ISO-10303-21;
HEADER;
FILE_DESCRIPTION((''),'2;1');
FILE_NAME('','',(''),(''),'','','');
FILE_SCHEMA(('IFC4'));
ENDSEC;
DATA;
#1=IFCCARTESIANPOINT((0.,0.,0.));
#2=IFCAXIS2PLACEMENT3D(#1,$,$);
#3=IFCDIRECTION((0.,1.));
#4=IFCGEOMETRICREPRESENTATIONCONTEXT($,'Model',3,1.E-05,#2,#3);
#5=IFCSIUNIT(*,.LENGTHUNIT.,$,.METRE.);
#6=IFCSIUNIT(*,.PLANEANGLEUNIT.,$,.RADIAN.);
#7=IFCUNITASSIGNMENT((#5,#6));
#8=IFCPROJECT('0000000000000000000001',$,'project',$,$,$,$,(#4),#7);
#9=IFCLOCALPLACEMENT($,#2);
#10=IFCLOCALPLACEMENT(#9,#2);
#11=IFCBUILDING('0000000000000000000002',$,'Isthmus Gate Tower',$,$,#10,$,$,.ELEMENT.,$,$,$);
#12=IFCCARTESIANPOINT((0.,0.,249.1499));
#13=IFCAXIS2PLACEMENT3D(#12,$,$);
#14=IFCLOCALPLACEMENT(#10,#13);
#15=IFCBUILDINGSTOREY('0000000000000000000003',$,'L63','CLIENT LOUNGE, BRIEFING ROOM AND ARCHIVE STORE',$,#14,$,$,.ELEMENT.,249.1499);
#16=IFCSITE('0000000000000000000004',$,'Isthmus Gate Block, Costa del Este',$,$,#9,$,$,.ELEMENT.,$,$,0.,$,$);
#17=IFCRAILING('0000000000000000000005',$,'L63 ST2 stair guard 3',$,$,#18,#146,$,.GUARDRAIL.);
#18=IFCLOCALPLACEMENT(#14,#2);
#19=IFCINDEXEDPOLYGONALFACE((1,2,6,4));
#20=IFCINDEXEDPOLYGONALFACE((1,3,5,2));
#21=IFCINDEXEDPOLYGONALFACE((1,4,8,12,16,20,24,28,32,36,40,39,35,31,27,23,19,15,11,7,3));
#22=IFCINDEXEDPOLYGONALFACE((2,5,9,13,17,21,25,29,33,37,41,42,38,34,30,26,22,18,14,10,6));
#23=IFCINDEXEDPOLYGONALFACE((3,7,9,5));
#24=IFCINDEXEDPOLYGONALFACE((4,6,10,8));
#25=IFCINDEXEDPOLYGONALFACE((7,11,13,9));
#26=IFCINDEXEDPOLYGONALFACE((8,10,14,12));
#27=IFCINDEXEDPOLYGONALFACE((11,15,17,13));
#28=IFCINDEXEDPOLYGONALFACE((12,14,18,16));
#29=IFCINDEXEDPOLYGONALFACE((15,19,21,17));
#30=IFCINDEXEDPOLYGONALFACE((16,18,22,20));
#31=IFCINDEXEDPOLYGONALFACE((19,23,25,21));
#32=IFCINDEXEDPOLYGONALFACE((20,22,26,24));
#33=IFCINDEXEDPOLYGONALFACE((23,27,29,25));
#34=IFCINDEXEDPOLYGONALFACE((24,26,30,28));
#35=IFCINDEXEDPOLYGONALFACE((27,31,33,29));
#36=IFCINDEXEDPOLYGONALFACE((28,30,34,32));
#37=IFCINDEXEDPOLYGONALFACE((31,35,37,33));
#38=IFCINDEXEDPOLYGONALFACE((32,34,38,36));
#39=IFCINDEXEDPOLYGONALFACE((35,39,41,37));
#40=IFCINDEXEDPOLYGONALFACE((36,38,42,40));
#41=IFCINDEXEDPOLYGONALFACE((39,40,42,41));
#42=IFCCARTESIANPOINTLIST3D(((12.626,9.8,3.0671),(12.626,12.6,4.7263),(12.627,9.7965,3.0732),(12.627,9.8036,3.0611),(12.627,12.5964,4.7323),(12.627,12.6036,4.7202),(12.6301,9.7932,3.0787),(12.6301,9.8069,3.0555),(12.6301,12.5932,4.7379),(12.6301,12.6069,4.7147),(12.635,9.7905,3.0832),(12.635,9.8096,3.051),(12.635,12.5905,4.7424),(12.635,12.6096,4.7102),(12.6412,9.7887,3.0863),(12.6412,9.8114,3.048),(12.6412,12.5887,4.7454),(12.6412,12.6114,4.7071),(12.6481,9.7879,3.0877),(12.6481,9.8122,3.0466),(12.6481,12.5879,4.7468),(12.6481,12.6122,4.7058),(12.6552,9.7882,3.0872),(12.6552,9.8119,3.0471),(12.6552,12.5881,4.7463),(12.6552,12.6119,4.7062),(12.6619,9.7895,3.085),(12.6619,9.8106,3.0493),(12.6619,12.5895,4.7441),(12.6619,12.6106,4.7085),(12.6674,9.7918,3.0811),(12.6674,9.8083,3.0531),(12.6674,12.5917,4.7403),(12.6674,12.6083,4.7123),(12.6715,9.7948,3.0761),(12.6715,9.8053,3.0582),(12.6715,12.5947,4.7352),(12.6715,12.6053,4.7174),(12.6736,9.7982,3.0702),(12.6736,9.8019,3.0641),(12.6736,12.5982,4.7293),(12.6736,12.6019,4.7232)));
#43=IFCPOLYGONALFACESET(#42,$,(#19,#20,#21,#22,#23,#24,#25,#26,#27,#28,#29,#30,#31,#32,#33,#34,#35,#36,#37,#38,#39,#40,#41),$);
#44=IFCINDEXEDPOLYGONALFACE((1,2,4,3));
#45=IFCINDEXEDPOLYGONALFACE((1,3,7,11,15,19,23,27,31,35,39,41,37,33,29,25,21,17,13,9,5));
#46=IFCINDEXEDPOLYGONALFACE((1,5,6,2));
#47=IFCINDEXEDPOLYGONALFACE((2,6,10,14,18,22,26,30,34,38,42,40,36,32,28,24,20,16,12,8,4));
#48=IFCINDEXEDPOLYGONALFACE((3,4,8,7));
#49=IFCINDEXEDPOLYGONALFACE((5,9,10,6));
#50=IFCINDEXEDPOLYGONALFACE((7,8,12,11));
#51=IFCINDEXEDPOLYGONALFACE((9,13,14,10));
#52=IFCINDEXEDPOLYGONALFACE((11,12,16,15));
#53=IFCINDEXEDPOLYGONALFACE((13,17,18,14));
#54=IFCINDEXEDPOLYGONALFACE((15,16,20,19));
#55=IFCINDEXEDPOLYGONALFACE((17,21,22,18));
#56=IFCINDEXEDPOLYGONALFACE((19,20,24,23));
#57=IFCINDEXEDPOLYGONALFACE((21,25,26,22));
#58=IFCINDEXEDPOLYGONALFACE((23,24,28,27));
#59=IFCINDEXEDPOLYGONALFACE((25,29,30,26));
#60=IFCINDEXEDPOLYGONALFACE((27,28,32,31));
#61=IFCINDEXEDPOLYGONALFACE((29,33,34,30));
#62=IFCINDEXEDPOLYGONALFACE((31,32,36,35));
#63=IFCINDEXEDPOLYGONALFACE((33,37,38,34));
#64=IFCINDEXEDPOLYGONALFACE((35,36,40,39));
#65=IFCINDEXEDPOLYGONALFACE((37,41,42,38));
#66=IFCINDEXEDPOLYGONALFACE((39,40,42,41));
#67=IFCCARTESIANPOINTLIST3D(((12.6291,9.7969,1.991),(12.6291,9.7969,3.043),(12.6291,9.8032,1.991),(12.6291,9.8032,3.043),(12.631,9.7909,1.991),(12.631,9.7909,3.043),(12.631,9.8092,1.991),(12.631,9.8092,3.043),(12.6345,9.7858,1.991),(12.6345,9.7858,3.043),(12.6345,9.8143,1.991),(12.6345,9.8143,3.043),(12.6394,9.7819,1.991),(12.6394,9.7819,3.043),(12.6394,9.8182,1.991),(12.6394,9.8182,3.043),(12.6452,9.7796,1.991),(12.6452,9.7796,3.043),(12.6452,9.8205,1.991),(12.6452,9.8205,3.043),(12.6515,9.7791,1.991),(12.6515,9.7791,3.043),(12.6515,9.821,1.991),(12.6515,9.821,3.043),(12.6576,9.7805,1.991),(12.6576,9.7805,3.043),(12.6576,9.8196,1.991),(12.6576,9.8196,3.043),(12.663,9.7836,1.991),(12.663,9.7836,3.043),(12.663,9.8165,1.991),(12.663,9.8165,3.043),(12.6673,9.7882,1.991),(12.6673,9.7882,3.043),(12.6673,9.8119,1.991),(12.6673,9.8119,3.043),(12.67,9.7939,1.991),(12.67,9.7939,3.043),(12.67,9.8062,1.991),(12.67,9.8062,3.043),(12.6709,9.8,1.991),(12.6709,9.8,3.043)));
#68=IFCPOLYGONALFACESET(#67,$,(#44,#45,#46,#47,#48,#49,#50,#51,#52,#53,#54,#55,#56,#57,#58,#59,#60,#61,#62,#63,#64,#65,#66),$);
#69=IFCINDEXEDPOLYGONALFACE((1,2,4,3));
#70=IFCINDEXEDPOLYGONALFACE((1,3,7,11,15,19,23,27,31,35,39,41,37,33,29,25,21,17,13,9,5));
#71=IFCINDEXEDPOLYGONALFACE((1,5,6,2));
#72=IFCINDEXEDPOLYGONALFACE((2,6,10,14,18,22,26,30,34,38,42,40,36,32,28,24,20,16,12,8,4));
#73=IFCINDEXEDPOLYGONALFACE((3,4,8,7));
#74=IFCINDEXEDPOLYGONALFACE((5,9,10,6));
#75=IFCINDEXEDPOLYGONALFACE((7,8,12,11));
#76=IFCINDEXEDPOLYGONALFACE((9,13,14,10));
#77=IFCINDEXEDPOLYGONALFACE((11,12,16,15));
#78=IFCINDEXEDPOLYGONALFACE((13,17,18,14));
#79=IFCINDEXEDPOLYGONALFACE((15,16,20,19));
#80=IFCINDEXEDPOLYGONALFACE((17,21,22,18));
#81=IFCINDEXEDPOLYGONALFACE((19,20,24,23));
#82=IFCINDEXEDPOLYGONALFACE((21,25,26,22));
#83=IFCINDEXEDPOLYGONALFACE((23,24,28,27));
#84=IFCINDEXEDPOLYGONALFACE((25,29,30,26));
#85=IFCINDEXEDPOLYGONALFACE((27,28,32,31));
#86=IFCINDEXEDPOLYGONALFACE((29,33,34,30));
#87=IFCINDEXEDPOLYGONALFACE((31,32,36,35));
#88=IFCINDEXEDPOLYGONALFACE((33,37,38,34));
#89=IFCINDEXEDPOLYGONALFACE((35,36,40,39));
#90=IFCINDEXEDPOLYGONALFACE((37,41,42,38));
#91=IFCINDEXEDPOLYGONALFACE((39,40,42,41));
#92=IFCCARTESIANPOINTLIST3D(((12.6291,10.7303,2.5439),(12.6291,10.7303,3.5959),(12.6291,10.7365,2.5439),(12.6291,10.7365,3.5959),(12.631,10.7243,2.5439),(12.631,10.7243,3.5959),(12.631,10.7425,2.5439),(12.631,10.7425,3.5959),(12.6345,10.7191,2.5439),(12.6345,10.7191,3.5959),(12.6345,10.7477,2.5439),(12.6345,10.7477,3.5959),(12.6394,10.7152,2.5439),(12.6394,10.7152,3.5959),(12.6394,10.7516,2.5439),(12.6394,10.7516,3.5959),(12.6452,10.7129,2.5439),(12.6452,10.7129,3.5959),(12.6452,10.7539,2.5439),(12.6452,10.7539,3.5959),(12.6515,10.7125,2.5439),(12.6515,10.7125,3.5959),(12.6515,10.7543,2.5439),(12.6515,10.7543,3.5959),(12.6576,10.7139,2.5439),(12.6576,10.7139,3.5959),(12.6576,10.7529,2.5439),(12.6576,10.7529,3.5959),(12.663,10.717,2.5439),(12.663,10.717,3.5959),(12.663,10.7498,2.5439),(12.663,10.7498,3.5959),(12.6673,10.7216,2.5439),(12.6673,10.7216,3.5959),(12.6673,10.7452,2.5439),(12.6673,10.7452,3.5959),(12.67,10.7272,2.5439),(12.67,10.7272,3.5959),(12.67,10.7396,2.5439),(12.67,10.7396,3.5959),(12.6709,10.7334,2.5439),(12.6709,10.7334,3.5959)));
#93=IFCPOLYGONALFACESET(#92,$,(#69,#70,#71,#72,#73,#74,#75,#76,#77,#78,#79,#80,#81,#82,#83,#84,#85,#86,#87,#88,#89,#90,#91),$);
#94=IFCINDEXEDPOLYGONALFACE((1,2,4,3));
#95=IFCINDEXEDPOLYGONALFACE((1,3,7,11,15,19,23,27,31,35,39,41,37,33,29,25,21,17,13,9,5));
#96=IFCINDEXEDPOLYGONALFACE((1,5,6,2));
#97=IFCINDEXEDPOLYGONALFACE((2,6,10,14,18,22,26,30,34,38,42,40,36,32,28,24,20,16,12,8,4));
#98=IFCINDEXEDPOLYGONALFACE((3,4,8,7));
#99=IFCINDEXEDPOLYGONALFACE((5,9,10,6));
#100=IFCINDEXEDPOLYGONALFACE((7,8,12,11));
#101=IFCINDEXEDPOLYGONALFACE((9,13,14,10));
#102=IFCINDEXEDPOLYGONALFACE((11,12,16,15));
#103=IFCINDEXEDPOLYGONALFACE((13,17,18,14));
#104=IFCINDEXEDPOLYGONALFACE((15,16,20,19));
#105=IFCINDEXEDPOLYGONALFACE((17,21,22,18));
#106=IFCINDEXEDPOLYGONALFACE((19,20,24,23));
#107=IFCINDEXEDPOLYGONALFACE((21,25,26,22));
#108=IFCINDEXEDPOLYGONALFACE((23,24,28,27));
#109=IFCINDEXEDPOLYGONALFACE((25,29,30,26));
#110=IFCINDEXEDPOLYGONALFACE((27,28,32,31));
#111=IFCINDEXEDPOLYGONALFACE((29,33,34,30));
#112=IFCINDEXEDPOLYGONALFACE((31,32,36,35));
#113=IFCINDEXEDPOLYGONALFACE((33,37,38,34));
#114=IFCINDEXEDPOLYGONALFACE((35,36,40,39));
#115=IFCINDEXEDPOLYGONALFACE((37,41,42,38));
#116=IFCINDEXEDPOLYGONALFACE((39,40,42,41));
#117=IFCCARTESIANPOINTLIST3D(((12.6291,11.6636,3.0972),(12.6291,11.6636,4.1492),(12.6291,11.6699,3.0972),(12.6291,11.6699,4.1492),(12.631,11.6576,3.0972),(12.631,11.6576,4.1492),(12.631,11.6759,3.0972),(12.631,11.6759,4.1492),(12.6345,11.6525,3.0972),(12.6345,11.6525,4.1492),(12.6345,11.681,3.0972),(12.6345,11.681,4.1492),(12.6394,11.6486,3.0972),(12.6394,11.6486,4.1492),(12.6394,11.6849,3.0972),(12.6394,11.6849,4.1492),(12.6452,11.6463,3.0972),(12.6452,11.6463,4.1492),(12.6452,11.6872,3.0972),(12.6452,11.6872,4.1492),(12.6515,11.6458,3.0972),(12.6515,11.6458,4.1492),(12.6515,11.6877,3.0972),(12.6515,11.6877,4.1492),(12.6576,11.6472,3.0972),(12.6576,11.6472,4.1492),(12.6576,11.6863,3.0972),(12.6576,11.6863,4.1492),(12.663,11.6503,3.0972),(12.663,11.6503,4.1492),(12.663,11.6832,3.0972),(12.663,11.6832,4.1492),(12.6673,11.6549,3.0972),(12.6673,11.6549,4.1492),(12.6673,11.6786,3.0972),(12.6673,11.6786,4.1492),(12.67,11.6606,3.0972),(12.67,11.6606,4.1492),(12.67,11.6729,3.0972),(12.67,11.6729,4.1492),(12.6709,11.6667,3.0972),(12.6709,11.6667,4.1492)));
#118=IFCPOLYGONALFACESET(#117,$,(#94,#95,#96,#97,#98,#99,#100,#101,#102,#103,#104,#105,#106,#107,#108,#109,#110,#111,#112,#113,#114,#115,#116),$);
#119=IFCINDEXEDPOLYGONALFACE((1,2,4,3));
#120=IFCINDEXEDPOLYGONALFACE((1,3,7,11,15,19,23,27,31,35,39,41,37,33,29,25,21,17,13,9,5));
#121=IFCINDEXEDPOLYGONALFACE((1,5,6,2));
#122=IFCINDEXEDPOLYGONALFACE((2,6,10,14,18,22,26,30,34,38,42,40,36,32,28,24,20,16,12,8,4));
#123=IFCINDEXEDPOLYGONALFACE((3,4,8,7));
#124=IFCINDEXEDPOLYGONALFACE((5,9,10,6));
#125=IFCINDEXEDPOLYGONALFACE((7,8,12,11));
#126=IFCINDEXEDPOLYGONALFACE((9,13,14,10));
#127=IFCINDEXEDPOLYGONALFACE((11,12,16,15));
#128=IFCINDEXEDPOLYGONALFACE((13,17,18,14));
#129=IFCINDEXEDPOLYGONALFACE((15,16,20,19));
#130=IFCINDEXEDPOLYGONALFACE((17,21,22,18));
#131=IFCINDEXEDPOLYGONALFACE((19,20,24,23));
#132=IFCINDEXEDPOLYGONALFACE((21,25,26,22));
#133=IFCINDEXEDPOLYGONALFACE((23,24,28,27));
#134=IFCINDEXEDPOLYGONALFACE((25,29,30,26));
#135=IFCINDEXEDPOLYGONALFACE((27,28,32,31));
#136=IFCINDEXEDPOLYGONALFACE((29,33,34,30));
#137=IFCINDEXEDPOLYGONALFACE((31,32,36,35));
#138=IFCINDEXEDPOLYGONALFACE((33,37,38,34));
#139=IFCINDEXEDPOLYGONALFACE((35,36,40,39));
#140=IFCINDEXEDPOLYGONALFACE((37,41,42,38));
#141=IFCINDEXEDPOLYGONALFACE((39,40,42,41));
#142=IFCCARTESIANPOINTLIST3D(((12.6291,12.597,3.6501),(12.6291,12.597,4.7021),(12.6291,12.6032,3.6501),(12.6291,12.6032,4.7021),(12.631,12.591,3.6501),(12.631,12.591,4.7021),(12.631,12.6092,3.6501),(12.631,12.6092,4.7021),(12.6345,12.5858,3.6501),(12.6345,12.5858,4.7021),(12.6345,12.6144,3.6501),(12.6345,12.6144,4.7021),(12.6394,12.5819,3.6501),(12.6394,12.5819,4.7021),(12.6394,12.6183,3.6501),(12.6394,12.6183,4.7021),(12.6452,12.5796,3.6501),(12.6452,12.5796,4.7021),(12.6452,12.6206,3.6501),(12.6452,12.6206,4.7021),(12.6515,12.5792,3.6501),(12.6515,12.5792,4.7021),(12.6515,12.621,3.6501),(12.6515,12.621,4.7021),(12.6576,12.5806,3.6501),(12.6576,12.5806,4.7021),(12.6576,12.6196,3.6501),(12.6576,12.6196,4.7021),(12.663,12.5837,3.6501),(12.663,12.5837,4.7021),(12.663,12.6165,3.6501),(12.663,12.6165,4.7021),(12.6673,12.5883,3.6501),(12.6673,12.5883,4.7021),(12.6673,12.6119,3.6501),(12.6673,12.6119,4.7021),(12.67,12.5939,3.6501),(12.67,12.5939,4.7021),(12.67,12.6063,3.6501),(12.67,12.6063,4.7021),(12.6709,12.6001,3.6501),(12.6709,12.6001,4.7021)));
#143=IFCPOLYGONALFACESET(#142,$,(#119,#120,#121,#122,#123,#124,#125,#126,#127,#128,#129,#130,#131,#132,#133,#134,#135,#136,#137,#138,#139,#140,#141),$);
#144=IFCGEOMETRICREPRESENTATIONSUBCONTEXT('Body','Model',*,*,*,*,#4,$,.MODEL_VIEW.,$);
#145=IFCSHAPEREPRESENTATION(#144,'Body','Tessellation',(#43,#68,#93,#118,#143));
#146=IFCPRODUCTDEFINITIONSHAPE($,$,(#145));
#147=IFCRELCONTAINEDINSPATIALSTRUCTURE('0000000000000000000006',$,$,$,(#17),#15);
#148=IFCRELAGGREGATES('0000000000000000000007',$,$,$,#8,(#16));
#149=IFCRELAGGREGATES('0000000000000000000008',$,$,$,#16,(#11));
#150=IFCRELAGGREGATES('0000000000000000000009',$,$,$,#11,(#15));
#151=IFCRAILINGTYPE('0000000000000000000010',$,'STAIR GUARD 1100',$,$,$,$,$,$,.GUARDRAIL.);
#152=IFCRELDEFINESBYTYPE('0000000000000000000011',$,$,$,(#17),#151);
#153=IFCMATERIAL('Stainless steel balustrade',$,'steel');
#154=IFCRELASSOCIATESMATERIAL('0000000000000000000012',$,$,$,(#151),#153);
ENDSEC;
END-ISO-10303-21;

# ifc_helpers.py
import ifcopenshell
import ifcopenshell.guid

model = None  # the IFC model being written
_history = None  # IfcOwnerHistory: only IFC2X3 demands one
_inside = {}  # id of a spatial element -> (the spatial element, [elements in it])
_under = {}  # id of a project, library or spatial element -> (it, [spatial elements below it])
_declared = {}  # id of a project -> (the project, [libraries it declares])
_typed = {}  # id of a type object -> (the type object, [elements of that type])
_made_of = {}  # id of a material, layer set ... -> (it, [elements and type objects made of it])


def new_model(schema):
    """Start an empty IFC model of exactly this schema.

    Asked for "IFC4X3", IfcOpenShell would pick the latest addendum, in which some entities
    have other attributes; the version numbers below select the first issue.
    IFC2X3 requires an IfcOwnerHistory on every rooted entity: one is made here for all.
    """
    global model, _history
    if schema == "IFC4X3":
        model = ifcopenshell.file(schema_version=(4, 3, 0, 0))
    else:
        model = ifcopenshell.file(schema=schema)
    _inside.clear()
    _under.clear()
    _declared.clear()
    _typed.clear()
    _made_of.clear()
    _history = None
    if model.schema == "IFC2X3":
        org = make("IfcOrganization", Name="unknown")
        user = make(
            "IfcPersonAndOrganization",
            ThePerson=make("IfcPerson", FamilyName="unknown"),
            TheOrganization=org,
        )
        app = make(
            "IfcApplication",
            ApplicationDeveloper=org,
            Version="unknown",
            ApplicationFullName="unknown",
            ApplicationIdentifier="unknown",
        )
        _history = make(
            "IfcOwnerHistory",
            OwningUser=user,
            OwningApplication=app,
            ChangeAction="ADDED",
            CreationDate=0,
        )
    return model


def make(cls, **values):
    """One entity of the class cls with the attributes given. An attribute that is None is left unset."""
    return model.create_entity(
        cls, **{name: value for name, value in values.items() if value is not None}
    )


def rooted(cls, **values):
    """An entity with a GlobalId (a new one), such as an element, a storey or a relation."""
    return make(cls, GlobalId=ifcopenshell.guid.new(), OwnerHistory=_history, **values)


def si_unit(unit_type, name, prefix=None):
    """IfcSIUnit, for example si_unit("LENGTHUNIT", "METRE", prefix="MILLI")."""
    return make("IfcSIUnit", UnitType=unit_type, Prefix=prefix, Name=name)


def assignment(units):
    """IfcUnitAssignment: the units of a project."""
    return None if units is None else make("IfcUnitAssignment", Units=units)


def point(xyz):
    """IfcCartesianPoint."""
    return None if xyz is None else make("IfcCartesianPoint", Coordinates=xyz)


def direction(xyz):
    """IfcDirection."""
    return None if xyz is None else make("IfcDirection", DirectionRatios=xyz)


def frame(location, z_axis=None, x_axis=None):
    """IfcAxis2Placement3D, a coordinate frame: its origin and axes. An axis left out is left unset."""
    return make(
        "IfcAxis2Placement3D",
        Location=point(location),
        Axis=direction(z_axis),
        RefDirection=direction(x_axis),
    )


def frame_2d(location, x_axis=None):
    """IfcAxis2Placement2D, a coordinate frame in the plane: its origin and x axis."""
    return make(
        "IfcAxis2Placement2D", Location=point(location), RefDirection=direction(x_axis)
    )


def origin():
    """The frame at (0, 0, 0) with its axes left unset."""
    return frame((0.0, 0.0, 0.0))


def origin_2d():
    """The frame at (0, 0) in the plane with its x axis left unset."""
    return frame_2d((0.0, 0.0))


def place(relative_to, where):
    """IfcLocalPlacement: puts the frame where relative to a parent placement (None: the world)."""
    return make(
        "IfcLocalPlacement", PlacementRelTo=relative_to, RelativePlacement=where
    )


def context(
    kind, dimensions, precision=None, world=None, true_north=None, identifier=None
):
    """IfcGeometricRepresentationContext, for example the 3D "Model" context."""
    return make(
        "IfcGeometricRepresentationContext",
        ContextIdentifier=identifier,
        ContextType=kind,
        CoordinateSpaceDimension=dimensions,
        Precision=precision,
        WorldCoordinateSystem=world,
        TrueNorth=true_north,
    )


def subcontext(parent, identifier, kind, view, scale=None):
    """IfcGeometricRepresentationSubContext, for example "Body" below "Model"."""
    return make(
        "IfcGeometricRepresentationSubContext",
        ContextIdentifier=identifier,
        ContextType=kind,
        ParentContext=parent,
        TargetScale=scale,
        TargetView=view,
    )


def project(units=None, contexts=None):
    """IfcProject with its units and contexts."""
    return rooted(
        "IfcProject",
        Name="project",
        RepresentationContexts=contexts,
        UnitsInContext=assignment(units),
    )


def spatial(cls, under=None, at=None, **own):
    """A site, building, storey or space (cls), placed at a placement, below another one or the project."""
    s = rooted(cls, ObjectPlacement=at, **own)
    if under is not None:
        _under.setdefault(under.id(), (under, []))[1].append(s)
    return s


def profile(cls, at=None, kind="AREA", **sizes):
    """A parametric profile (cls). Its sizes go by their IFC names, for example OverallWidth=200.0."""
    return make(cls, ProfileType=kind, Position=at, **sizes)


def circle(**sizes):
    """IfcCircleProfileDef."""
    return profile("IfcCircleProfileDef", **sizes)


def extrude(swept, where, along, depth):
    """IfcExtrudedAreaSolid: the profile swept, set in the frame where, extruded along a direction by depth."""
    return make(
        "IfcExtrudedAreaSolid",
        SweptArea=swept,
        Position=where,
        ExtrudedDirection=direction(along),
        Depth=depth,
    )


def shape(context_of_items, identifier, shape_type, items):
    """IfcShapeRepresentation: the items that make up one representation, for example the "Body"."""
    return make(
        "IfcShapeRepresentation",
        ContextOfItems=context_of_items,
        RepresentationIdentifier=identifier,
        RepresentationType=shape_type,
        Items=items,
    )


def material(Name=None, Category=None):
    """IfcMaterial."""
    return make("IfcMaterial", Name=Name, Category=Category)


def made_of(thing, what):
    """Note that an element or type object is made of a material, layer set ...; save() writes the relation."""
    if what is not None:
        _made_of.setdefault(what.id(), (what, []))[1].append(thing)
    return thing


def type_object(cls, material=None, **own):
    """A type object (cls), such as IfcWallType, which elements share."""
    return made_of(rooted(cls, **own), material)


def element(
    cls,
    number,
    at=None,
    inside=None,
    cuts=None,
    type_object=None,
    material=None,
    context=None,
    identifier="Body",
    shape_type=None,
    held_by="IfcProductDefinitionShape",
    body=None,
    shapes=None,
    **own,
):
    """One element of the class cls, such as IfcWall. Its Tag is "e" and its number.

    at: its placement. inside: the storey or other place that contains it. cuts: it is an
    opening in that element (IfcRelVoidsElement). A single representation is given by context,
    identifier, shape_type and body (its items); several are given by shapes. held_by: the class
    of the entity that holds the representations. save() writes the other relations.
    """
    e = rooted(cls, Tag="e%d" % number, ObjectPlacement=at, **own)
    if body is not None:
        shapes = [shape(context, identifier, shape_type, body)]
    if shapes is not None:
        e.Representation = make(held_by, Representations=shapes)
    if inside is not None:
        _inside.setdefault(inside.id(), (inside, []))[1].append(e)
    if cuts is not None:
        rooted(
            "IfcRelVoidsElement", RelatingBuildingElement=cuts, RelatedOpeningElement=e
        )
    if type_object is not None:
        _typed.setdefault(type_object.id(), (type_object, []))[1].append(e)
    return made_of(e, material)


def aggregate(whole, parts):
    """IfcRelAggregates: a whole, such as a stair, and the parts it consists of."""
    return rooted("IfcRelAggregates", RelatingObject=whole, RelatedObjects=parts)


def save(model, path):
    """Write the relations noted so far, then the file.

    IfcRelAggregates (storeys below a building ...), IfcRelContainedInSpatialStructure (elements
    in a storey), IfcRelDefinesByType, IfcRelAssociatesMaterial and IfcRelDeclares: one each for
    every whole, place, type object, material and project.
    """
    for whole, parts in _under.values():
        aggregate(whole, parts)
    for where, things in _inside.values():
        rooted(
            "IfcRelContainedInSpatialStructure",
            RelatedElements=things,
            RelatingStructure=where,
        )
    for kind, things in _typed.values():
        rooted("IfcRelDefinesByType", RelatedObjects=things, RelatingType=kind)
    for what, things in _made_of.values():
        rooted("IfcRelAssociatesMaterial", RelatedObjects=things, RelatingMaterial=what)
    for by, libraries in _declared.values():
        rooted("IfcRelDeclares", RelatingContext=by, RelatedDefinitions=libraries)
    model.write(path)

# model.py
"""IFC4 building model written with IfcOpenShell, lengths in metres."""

from ifc_helpers import new_model, si_unit, direction, frame, origin, origin_2d, place, context, subcontext, project, spatial, circle, extrude, material, type_object, element, save


model = new_model("IFC4")

# Units and contexts
model_context = context("Model", 3, precision=1e-05, world=origin(), true_north=direction((0.0, 1.0)))
body_context = subcontext(model_context, "Body", "Model", "MODEL_VIEW")
ifc_project = project(units=[si_unit("LENGTHUNIT", "METRE"), si_unit("PLANEANGLEUNIT", "RADIAN")], contexts=[model_context])

# Site, building, storey
site_placement = place(None, origin())
site = spatial("IfcSite", under=ifc_project, at=site_placement, Name="Isthmus Gate Block, Costa del Este", CompositionType="ELEMENT", RefElevation=0.0)
building_placement = place(site_placement, origin())
building = spatial("IfcBuilding", under=site, at=building_placement, Name="Isthmus Gate Tower", CompositionType="ELEMENT")
storey_placement = place(building_placement, frame((0.0, 0.0, 249.1499)))
storey = spatial("IfcBuildingStorey", under=building, at=storey_placement, Name="L63", Description="CLIENT LOUNGE, BRIEFING ROOM AND ARCHIVE STORE", CompositionType="ELEMENT", Elevation=249.1499)

# Railing
ifc_material_1 = material(Name="Stainless steel balustrade", Category="steel")
railing_type_1 = type_object("IfcRailingType", Name="STAIR GUARD 1100", PredefinedType="GUARDRAIL", material=ifc_material_1)
for number, where, name in (
    (1, (12.6499, 9.8, 1.991), "L63 ST2 stair guard 3"),
):
    element("IfcRailing", number, at=place(storey_placement, frame(where)), inside=storey, type_object=railing_type_1, Name=name, PredefinedType="GUARDRAIL", context=body_context, shape_type="SweptSolid", body=[
        extrude(circle(Radius=0.0239, at=origin_2d()), frame((0.0, 0.0, 1.0762), z_axis=(0.0, 0.860306, 0.509778), x_axis=(-1.0, 0.0, 0.0)), (0.0, 0.0, 1.0), 3.2546),
        extrude(circle(Radius=0.021, at=origin_2d()), origin(), (0.0, 0.0, 1.0), 1.052),
        extrude(circle(Radius=0.021, at=origin_2d()), frame((0.0, 0.9333, 0.553)), (0.0, 0.0, 1.0), 1.052),
        extrude(circle(Radius=0.021, at=origin_2d()), frame((0.0, 1.8667, 1.1062)), (0.0, 0.0, 1.0), 1.052),
        extrude(circle(Radius=0.021, at=origin_2d()), frame((0.0, 2.8, 1.6592)), (0.0, 0.0, 1.0), 1.052),
    ])

save(model, "model.ifc")
